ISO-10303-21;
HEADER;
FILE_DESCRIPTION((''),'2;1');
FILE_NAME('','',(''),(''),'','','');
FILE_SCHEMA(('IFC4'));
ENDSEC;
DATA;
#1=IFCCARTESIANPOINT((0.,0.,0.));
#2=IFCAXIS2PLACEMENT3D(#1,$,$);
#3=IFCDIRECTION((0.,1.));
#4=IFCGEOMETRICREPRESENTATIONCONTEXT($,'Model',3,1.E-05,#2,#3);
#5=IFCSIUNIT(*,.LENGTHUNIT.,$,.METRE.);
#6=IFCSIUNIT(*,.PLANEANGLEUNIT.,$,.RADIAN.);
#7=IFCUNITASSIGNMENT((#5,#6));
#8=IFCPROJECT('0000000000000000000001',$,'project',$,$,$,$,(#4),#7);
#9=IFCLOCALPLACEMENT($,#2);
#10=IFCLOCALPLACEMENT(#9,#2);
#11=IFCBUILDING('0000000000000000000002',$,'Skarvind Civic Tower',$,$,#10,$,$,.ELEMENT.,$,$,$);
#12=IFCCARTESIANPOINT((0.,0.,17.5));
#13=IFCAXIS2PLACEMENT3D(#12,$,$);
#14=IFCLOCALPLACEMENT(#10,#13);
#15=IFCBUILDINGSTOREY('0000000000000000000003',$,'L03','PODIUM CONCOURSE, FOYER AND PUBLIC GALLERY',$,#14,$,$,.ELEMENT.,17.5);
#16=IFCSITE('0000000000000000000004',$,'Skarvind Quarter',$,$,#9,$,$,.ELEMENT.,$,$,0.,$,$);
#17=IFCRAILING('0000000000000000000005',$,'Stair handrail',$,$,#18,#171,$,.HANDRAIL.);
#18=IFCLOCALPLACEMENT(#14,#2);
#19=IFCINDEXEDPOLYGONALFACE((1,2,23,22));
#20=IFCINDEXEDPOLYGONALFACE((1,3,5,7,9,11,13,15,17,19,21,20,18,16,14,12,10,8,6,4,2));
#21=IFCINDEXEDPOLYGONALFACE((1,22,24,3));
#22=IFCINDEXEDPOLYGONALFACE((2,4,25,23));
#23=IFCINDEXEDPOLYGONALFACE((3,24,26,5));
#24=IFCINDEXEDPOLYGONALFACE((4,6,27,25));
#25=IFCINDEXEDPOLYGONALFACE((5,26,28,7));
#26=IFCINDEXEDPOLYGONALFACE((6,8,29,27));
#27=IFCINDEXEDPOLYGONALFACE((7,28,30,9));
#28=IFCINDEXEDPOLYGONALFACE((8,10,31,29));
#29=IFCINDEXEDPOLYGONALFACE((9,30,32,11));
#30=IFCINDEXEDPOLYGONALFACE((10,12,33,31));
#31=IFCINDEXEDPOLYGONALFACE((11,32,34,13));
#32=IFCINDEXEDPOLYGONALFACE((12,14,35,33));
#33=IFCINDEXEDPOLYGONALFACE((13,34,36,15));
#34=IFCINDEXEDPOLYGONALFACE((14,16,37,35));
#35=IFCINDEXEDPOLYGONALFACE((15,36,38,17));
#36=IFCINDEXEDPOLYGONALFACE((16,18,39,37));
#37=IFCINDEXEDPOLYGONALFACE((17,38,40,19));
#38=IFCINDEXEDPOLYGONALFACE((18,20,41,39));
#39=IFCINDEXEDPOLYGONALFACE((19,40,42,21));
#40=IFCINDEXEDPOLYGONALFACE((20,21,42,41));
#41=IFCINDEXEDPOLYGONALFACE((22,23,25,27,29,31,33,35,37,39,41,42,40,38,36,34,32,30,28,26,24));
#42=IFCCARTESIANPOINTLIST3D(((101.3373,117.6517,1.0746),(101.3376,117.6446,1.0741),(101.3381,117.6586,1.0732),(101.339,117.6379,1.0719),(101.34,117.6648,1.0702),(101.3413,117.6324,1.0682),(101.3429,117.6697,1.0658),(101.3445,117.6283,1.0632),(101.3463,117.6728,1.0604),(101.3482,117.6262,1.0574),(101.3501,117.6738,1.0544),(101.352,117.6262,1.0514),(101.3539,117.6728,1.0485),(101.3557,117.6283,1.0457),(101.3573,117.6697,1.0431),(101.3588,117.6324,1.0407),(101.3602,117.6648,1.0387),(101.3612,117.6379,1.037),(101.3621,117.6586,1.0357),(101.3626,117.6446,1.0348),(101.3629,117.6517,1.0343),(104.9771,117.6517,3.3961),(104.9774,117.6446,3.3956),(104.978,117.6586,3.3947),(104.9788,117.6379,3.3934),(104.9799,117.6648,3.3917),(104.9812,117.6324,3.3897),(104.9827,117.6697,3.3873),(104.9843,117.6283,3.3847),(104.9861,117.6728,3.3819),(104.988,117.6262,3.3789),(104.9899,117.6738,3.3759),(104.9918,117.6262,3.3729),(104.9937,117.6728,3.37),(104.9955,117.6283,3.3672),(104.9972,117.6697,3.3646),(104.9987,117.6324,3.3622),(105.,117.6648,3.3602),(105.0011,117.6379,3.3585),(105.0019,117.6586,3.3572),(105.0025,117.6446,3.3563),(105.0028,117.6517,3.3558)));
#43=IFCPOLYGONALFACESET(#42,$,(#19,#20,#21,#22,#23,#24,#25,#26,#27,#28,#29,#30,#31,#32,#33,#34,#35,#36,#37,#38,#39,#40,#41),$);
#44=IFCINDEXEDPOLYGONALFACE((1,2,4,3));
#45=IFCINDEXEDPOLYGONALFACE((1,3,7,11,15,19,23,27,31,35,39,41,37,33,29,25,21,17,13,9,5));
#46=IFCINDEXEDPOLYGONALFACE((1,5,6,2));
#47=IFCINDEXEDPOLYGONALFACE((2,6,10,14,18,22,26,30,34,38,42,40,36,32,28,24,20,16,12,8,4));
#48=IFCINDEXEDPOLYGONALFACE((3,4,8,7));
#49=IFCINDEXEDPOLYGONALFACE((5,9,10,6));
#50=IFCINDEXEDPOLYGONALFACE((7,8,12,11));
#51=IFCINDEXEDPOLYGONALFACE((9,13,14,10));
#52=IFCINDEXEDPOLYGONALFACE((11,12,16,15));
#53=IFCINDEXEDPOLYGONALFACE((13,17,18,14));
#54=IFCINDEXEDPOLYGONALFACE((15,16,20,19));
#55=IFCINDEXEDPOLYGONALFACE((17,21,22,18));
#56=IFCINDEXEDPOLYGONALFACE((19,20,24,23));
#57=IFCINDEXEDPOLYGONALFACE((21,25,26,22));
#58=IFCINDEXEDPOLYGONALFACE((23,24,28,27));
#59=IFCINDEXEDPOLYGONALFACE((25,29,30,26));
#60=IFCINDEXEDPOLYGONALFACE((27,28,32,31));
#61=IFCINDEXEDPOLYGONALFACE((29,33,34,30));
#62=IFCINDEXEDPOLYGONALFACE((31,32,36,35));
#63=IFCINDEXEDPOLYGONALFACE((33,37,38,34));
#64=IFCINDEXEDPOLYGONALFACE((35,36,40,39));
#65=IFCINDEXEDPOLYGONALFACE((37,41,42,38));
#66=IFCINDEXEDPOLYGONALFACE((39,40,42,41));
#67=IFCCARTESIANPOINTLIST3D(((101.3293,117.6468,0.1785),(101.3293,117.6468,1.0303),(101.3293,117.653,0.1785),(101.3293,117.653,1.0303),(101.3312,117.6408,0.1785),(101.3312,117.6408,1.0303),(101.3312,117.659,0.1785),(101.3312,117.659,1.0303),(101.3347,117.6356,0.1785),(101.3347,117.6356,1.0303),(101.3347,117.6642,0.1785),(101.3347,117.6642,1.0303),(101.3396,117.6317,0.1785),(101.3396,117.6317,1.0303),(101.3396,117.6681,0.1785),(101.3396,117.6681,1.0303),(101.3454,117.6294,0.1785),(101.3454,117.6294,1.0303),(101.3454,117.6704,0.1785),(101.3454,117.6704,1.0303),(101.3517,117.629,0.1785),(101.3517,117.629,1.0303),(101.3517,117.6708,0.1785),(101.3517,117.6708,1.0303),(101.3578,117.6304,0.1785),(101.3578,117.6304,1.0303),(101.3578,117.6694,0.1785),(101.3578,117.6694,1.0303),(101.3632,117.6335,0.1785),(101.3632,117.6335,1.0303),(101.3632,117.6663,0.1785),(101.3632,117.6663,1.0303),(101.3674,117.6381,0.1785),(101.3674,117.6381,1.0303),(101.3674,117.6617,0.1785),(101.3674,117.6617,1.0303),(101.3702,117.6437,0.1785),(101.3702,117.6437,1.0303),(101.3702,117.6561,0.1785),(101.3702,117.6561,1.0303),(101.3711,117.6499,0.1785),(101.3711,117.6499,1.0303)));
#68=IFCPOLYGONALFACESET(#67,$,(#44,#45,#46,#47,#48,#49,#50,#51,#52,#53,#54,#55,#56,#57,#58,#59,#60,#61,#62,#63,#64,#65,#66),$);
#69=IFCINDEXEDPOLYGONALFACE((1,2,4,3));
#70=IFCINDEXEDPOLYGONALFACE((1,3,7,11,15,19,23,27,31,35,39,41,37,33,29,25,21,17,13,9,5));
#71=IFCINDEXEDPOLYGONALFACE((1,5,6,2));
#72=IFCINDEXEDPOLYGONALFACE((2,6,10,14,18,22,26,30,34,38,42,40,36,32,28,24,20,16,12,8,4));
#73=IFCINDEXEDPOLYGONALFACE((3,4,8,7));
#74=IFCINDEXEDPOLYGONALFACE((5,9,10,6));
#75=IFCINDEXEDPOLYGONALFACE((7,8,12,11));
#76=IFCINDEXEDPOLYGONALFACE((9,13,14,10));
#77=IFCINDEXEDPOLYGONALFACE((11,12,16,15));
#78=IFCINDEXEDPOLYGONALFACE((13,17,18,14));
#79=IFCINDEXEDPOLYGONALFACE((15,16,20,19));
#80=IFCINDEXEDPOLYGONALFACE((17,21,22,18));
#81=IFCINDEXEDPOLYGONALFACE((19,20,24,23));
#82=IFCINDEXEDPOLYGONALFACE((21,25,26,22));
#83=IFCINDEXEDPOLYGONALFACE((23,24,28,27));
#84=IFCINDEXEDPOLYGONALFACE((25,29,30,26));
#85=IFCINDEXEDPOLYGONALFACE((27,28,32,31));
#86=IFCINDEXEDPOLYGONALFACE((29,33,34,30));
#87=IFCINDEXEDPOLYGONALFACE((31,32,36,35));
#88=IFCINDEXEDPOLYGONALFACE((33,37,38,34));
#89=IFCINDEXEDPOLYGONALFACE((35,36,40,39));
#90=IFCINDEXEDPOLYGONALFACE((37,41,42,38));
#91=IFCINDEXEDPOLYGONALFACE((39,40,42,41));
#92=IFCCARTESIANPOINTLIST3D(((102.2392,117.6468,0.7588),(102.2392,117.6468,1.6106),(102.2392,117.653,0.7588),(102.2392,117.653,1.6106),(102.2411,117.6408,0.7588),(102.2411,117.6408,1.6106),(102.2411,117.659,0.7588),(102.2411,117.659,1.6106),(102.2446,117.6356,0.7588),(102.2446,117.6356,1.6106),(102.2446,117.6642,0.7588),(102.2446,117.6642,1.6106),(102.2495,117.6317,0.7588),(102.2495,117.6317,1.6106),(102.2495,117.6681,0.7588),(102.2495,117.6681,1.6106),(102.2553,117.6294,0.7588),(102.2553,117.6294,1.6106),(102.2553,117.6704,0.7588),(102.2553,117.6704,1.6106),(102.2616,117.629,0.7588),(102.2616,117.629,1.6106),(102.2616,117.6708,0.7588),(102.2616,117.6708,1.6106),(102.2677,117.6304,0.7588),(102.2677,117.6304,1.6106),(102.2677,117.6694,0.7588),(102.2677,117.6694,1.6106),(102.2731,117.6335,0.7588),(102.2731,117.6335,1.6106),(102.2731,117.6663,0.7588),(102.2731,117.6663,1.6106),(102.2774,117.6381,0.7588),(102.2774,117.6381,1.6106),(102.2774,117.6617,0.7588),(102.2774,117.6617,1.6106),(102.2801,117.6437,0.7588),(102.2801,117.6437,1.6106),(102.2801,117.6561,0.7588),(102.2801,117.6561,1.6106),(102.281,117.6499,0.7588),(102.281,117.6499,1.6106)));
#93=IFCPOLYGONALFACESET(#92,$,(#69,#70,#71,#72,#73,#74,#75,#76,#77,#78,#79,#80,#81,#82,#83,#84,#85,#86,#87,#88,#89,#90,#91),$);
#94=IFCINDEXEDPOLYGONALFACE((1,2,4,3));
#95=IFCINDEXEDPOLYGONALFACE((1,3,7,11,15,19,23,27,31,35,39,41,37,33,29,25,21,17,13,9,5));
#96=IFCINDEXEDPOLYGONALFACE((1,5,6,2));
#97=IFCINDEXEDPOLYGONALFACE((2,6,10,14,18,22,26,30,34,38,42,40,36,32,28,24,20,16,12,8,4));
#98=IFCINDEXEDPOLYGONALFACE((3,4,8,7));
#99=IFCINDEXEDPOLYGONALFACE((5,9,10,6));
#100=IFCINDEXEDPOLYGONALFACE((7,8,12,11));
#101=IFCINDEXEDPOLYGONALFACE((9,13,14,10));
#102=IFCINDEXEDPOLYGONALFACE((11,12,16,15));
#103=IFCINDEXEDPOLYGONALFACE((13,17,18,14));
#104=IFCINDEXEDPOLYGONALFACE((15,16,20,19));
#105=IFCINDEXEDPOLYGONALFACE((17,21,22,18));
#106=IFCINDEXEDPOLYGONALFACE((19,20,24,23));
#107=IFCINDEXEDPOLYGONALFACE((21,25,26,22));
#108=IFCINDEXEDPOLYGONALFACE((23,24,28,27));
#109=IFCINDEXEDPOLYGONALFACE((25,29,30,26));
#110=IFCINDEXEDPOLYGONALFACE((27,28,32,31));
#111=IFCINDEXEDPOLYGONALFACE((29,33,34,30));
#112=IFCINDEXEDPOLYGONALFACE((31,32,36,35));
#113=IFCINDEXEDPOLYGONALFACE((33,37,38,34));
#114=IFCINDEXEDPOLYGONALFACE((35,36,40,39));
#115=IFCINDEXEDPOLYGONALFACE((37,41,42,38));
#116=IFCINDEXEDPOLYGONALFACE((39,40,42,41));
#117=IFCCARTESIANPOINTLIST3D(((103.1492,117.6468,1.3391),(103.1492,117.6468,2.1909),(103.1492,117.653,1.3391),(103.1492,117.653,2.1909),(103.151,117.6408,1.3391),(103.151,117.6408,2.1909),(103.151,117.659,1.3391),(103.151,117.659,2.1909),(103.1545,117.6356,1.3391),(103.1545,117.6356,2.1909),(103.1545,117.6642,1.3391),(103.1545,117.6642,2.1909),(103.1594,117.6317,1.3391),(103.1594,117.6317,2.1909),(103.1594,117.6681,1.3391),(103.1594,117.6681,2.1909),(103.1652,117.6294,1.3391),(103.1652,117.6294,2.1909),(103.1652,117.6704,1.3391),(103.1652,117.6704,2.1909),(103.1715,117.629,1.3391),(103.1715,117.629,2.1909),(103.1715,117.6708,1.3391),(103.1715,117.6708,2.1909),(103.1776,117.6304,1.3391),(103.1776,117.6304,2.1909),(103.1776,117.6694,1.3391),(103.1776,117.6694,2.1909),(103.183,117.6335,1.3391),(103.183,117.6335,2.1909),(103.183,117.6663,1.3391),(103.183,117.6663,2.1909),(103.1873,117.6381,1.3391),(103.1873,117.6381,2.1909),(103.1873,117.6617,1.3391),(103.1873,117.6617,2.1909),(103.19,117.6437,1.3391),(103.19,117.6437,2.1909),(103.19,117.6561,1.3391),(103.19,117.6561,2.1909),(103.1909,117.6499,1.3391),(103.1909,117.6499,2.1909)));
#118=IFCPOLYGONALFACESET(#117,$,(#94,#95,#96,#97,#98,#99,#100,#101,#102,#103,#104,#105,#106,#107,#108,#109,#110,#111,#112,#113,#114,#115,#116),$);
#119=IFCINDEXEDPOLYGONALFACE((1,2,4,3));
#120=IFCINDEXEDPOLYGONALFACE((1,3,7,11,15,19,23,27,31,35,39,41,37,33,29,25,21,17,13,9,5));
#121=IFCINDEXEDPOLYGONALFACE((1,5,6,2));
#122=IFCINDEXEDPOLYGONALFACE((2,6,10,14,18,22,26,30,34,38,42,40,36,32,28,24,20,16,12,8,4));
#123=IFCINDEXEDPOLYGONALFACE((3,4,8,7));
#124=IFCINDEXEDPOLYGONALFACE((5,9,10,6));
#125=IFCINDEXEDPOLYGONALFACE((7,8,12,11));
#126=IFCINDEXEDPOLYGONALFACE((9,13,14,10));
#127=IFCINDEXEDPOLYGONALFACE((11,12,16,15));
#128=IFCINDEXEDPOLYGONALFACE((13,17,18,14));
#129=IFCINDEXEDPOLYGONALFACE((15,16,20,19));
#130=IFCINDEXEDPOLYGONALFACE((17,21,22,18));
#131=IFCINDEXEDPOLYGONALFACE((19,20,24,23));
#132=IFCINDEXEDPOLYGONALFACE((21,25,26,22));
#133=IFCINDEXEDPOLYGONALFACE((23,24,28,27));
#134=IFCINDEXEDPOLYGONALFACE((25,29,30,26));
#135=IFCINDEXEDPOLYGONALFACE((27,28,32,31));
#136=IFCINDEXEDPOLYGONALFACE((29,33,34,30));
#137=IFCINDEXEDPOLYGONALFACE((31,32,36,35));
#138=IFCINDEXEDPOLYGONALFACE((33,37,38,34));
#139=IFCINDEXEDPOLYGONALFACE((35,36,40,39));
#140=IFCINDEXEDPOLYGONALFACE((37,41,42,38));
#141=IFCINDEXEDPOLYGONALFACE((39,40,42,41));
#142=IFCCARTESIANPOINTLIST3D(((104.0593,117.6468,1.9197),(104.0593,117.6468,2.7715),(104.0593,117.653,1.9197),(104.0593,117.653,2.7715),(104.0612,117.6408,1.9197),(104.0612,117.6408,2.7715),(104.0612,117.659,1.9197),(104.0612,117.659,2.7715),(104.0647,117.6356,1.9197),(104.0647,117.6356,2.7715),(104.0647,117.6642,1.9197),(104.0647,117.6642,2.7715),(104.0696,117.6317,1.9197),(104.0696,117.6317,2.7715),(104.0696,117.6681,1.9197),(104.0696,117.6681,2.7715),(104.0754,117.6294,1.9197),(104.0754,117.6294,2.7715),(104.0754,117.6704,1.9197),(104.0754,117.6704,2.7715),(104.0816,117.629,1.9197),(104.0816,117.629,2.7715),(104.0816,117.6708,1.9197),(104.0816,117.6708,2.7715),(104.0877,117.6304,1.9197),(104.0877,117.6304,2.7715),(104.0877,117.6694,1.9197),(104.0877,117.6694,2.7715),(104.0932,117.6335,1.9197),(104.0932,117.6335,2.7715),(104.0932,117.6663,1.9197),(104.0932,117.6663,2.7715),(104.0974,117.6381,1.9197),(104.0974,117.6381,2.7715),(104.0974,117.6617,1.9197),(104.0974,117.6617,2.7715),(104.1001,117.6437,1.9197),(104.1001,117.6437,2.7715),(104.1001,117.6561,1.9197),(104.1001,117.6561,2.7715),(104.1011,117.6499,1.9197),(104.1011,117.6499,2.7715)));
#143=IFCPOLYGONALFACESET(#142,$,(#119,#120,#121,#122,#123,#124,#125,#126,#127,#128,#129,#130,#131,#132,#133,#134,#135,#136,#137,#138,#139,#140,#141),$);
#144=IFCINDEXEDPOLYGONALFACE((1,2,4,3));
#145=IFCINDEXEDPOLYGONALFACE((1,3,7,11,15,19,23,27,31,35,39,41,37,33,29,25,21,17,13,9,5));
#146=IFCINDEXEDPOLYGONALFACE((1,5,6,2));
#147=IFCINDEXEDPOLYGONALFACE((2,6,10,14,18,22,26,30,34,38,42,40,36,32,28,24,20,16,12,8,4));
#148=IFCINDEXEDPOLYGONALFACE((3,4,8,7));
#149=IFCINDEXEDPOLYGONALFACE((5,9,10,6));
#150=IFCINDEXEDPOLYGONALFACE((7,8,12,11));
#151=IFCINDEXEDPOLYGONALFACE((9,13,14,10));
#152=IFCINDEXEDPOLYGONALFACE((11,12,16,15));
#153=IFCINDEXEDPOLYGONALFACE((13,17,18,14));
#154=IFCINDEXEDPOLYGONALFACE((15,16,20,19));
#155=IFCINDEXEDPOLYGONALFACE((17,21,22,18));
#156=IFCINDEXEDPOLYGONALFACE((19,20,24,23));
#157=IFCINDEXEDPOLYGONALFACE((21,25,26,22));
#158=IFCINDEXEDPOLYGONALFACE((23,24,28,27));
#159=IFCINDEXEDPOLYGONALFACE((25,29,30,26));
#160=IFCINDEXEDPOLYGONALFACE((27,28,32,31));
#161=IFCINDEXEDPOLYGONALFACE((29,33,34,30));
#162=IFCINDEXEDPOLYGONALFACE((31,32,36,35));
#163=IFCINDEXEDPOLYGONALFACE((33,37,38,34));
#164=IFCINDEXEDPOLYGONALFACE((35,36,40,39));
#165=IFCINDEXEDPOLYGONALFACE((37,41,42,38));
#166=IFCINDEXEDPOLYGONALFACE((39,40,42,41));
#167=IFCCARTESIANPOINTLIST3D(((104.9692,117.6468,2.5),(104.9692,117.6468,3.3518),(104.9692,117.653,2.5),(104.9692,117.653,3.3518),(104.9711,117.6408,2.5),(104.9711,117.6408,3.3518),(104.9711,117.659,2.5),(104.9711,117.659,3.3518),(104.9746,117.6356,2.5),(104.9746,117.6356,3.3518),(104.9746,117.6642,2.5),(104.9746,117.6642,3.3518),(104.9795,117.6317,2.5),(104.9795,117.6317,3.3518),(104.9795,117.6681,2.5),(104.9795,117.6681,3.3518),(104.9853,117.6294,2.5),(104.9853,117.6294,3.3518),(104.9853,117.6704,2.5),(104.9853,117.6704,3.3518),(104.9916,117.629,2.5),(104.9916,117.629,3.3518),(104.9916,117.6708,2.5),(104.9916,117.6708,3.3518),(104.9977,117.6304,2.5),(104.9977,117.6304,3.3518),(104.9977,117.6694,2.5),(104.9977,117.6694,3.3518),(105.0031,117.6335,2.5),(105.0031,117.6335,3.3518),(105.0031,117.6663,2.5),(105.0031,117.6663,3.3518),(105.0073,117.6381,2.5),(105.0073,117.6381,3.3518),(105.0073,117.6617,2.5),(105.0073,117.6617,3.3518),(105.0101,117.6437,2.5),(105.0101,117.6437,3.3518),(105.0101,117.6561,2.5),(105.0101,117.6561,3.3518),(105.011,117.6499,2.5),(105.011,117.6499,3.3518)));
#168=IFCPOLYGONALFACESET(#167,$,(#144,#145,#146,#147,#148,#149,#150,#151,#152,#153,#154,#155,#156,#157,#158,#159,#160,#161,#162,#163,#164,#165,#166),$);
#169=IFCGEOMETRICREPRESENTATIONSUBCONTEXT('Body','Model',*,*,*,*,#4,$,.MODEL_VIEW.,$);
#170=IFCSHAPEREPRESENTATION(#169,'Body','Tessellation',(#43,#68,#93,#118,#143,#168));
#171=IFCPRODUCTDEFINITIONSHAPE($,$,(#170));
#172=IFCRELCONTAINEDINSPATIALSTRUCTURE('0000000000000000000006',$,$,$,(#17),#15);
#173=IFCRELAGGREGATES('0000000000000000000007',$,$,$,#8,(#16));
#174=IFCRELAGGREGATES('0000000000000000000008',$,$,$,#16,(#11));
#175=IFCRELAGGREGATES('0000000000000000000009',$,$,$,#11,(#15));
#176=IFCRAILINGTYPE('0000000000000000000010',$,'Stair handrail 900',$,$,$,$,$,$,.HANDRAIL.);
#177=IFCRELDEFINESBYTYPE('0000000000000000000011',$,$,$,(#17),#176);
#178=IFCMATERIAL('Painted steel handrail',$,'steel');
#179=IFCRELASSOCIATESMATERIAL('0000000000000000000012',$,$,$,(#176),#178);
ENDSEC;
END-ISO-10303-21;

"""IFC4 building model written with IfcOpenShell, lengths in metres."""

from ifc_helpers import new_model, si_unit, direction, frame, origin, origin_2d, place, context, subcontext, project, spatial, circle, extrude, material, type_object, element, save


model = new_model("IFC4")

# Units and contexts
model_context = context("Model", 3, precision=1e-05, world=origin(), true_north=direction((0.0, 1.0)))
body_context = subcontext(model_context, "Body", "Model", "MODEL_VIEW")
ifc_project = project(units=[si_unit("LENGTHUNIT", "METRE"), si_unit("PLANEANGLEUNIT", "RADIAN")], contexts=[model_context])

# Site, building, storey
site_placement = place(None, origin())
site = spatial("IfcSite", under=ifc_project, at=site_placement, Name="Skarvind Quarter", CompositionType="ELEMENT", RefElevation=0.0)
building_placement = place(site_placement, origin())
building = spatial("IfcBuilding", under=site, at=building_placement, Name="Skarvind Civic Tower", CompositionType="ELEMENT")
storey_placement = place(building_placement, frame((0.0, 0.0, 17.5)))
storey = spatial("IfcBuildingStorey", under=building, at=storey_placement, Name="L03", Description="PODIUM CONCOURSE, FOYER AND PUBLIC GALLERY", CompositionType="ELEMENT", Elevation=17.5)

# Railing
ifc_material_1 = material(Name="Painted steel handrail", Category="steel")
railing_type = type_object("IfcRailingType", Name="Stair handrail 900", PredefinedType="HANDRAIL", material=ifc_material_1)
railing_1_placement = place(storey_placement, frame((101.3501, 117.6499, 0.1785)))
element("IfcRailing", 1, at=railing_1_placement, inside=storey, type_object=railing_type, Name="Stair handrail", PredefinedType="HANDRAIL", context=body_context, shape_type="SweptSolid", body=[
    extrude(circle(Radius=0.0239, at=origin_2d()), frame((0.0, 0.0, 0.876), z_axis=(0.843112, 0.0, 0.537739), x_axis=(0.0, 1.0, 0.0)), (0.0, 0.0, 1.0), 4.3171),
    extrude(circle(Radius=0.021, at=origin_2d()), origin(), (0.0, 0.0, 1.0), 0.8518),
    extrude(circle(Radius=0.021, at=origin_2d()), frame((0.9099, 0.0, 0.5803)), (0.0, 0.0, 1.0), 0.8518),
    extrude(circle(Radius=0.021, at=origin_2d()), frame((1.8198, 0.0, 1.1606)), (0.0, 0.0, 1.0), 0.8518),
    extrude(circle(Radius=0.021, at=origin_2d()), frame((2.73, 0.0, 1.7412)), (0.0, 0.0, 1.0), 0.8518),
    extrude(circle(Radius=0.021, at=origin_2d()), frame((3.6399, 0.0, 2.3215)), (0.0, 0.0, 1.0), 0.8518),
])

save(model, "model.ifc")
